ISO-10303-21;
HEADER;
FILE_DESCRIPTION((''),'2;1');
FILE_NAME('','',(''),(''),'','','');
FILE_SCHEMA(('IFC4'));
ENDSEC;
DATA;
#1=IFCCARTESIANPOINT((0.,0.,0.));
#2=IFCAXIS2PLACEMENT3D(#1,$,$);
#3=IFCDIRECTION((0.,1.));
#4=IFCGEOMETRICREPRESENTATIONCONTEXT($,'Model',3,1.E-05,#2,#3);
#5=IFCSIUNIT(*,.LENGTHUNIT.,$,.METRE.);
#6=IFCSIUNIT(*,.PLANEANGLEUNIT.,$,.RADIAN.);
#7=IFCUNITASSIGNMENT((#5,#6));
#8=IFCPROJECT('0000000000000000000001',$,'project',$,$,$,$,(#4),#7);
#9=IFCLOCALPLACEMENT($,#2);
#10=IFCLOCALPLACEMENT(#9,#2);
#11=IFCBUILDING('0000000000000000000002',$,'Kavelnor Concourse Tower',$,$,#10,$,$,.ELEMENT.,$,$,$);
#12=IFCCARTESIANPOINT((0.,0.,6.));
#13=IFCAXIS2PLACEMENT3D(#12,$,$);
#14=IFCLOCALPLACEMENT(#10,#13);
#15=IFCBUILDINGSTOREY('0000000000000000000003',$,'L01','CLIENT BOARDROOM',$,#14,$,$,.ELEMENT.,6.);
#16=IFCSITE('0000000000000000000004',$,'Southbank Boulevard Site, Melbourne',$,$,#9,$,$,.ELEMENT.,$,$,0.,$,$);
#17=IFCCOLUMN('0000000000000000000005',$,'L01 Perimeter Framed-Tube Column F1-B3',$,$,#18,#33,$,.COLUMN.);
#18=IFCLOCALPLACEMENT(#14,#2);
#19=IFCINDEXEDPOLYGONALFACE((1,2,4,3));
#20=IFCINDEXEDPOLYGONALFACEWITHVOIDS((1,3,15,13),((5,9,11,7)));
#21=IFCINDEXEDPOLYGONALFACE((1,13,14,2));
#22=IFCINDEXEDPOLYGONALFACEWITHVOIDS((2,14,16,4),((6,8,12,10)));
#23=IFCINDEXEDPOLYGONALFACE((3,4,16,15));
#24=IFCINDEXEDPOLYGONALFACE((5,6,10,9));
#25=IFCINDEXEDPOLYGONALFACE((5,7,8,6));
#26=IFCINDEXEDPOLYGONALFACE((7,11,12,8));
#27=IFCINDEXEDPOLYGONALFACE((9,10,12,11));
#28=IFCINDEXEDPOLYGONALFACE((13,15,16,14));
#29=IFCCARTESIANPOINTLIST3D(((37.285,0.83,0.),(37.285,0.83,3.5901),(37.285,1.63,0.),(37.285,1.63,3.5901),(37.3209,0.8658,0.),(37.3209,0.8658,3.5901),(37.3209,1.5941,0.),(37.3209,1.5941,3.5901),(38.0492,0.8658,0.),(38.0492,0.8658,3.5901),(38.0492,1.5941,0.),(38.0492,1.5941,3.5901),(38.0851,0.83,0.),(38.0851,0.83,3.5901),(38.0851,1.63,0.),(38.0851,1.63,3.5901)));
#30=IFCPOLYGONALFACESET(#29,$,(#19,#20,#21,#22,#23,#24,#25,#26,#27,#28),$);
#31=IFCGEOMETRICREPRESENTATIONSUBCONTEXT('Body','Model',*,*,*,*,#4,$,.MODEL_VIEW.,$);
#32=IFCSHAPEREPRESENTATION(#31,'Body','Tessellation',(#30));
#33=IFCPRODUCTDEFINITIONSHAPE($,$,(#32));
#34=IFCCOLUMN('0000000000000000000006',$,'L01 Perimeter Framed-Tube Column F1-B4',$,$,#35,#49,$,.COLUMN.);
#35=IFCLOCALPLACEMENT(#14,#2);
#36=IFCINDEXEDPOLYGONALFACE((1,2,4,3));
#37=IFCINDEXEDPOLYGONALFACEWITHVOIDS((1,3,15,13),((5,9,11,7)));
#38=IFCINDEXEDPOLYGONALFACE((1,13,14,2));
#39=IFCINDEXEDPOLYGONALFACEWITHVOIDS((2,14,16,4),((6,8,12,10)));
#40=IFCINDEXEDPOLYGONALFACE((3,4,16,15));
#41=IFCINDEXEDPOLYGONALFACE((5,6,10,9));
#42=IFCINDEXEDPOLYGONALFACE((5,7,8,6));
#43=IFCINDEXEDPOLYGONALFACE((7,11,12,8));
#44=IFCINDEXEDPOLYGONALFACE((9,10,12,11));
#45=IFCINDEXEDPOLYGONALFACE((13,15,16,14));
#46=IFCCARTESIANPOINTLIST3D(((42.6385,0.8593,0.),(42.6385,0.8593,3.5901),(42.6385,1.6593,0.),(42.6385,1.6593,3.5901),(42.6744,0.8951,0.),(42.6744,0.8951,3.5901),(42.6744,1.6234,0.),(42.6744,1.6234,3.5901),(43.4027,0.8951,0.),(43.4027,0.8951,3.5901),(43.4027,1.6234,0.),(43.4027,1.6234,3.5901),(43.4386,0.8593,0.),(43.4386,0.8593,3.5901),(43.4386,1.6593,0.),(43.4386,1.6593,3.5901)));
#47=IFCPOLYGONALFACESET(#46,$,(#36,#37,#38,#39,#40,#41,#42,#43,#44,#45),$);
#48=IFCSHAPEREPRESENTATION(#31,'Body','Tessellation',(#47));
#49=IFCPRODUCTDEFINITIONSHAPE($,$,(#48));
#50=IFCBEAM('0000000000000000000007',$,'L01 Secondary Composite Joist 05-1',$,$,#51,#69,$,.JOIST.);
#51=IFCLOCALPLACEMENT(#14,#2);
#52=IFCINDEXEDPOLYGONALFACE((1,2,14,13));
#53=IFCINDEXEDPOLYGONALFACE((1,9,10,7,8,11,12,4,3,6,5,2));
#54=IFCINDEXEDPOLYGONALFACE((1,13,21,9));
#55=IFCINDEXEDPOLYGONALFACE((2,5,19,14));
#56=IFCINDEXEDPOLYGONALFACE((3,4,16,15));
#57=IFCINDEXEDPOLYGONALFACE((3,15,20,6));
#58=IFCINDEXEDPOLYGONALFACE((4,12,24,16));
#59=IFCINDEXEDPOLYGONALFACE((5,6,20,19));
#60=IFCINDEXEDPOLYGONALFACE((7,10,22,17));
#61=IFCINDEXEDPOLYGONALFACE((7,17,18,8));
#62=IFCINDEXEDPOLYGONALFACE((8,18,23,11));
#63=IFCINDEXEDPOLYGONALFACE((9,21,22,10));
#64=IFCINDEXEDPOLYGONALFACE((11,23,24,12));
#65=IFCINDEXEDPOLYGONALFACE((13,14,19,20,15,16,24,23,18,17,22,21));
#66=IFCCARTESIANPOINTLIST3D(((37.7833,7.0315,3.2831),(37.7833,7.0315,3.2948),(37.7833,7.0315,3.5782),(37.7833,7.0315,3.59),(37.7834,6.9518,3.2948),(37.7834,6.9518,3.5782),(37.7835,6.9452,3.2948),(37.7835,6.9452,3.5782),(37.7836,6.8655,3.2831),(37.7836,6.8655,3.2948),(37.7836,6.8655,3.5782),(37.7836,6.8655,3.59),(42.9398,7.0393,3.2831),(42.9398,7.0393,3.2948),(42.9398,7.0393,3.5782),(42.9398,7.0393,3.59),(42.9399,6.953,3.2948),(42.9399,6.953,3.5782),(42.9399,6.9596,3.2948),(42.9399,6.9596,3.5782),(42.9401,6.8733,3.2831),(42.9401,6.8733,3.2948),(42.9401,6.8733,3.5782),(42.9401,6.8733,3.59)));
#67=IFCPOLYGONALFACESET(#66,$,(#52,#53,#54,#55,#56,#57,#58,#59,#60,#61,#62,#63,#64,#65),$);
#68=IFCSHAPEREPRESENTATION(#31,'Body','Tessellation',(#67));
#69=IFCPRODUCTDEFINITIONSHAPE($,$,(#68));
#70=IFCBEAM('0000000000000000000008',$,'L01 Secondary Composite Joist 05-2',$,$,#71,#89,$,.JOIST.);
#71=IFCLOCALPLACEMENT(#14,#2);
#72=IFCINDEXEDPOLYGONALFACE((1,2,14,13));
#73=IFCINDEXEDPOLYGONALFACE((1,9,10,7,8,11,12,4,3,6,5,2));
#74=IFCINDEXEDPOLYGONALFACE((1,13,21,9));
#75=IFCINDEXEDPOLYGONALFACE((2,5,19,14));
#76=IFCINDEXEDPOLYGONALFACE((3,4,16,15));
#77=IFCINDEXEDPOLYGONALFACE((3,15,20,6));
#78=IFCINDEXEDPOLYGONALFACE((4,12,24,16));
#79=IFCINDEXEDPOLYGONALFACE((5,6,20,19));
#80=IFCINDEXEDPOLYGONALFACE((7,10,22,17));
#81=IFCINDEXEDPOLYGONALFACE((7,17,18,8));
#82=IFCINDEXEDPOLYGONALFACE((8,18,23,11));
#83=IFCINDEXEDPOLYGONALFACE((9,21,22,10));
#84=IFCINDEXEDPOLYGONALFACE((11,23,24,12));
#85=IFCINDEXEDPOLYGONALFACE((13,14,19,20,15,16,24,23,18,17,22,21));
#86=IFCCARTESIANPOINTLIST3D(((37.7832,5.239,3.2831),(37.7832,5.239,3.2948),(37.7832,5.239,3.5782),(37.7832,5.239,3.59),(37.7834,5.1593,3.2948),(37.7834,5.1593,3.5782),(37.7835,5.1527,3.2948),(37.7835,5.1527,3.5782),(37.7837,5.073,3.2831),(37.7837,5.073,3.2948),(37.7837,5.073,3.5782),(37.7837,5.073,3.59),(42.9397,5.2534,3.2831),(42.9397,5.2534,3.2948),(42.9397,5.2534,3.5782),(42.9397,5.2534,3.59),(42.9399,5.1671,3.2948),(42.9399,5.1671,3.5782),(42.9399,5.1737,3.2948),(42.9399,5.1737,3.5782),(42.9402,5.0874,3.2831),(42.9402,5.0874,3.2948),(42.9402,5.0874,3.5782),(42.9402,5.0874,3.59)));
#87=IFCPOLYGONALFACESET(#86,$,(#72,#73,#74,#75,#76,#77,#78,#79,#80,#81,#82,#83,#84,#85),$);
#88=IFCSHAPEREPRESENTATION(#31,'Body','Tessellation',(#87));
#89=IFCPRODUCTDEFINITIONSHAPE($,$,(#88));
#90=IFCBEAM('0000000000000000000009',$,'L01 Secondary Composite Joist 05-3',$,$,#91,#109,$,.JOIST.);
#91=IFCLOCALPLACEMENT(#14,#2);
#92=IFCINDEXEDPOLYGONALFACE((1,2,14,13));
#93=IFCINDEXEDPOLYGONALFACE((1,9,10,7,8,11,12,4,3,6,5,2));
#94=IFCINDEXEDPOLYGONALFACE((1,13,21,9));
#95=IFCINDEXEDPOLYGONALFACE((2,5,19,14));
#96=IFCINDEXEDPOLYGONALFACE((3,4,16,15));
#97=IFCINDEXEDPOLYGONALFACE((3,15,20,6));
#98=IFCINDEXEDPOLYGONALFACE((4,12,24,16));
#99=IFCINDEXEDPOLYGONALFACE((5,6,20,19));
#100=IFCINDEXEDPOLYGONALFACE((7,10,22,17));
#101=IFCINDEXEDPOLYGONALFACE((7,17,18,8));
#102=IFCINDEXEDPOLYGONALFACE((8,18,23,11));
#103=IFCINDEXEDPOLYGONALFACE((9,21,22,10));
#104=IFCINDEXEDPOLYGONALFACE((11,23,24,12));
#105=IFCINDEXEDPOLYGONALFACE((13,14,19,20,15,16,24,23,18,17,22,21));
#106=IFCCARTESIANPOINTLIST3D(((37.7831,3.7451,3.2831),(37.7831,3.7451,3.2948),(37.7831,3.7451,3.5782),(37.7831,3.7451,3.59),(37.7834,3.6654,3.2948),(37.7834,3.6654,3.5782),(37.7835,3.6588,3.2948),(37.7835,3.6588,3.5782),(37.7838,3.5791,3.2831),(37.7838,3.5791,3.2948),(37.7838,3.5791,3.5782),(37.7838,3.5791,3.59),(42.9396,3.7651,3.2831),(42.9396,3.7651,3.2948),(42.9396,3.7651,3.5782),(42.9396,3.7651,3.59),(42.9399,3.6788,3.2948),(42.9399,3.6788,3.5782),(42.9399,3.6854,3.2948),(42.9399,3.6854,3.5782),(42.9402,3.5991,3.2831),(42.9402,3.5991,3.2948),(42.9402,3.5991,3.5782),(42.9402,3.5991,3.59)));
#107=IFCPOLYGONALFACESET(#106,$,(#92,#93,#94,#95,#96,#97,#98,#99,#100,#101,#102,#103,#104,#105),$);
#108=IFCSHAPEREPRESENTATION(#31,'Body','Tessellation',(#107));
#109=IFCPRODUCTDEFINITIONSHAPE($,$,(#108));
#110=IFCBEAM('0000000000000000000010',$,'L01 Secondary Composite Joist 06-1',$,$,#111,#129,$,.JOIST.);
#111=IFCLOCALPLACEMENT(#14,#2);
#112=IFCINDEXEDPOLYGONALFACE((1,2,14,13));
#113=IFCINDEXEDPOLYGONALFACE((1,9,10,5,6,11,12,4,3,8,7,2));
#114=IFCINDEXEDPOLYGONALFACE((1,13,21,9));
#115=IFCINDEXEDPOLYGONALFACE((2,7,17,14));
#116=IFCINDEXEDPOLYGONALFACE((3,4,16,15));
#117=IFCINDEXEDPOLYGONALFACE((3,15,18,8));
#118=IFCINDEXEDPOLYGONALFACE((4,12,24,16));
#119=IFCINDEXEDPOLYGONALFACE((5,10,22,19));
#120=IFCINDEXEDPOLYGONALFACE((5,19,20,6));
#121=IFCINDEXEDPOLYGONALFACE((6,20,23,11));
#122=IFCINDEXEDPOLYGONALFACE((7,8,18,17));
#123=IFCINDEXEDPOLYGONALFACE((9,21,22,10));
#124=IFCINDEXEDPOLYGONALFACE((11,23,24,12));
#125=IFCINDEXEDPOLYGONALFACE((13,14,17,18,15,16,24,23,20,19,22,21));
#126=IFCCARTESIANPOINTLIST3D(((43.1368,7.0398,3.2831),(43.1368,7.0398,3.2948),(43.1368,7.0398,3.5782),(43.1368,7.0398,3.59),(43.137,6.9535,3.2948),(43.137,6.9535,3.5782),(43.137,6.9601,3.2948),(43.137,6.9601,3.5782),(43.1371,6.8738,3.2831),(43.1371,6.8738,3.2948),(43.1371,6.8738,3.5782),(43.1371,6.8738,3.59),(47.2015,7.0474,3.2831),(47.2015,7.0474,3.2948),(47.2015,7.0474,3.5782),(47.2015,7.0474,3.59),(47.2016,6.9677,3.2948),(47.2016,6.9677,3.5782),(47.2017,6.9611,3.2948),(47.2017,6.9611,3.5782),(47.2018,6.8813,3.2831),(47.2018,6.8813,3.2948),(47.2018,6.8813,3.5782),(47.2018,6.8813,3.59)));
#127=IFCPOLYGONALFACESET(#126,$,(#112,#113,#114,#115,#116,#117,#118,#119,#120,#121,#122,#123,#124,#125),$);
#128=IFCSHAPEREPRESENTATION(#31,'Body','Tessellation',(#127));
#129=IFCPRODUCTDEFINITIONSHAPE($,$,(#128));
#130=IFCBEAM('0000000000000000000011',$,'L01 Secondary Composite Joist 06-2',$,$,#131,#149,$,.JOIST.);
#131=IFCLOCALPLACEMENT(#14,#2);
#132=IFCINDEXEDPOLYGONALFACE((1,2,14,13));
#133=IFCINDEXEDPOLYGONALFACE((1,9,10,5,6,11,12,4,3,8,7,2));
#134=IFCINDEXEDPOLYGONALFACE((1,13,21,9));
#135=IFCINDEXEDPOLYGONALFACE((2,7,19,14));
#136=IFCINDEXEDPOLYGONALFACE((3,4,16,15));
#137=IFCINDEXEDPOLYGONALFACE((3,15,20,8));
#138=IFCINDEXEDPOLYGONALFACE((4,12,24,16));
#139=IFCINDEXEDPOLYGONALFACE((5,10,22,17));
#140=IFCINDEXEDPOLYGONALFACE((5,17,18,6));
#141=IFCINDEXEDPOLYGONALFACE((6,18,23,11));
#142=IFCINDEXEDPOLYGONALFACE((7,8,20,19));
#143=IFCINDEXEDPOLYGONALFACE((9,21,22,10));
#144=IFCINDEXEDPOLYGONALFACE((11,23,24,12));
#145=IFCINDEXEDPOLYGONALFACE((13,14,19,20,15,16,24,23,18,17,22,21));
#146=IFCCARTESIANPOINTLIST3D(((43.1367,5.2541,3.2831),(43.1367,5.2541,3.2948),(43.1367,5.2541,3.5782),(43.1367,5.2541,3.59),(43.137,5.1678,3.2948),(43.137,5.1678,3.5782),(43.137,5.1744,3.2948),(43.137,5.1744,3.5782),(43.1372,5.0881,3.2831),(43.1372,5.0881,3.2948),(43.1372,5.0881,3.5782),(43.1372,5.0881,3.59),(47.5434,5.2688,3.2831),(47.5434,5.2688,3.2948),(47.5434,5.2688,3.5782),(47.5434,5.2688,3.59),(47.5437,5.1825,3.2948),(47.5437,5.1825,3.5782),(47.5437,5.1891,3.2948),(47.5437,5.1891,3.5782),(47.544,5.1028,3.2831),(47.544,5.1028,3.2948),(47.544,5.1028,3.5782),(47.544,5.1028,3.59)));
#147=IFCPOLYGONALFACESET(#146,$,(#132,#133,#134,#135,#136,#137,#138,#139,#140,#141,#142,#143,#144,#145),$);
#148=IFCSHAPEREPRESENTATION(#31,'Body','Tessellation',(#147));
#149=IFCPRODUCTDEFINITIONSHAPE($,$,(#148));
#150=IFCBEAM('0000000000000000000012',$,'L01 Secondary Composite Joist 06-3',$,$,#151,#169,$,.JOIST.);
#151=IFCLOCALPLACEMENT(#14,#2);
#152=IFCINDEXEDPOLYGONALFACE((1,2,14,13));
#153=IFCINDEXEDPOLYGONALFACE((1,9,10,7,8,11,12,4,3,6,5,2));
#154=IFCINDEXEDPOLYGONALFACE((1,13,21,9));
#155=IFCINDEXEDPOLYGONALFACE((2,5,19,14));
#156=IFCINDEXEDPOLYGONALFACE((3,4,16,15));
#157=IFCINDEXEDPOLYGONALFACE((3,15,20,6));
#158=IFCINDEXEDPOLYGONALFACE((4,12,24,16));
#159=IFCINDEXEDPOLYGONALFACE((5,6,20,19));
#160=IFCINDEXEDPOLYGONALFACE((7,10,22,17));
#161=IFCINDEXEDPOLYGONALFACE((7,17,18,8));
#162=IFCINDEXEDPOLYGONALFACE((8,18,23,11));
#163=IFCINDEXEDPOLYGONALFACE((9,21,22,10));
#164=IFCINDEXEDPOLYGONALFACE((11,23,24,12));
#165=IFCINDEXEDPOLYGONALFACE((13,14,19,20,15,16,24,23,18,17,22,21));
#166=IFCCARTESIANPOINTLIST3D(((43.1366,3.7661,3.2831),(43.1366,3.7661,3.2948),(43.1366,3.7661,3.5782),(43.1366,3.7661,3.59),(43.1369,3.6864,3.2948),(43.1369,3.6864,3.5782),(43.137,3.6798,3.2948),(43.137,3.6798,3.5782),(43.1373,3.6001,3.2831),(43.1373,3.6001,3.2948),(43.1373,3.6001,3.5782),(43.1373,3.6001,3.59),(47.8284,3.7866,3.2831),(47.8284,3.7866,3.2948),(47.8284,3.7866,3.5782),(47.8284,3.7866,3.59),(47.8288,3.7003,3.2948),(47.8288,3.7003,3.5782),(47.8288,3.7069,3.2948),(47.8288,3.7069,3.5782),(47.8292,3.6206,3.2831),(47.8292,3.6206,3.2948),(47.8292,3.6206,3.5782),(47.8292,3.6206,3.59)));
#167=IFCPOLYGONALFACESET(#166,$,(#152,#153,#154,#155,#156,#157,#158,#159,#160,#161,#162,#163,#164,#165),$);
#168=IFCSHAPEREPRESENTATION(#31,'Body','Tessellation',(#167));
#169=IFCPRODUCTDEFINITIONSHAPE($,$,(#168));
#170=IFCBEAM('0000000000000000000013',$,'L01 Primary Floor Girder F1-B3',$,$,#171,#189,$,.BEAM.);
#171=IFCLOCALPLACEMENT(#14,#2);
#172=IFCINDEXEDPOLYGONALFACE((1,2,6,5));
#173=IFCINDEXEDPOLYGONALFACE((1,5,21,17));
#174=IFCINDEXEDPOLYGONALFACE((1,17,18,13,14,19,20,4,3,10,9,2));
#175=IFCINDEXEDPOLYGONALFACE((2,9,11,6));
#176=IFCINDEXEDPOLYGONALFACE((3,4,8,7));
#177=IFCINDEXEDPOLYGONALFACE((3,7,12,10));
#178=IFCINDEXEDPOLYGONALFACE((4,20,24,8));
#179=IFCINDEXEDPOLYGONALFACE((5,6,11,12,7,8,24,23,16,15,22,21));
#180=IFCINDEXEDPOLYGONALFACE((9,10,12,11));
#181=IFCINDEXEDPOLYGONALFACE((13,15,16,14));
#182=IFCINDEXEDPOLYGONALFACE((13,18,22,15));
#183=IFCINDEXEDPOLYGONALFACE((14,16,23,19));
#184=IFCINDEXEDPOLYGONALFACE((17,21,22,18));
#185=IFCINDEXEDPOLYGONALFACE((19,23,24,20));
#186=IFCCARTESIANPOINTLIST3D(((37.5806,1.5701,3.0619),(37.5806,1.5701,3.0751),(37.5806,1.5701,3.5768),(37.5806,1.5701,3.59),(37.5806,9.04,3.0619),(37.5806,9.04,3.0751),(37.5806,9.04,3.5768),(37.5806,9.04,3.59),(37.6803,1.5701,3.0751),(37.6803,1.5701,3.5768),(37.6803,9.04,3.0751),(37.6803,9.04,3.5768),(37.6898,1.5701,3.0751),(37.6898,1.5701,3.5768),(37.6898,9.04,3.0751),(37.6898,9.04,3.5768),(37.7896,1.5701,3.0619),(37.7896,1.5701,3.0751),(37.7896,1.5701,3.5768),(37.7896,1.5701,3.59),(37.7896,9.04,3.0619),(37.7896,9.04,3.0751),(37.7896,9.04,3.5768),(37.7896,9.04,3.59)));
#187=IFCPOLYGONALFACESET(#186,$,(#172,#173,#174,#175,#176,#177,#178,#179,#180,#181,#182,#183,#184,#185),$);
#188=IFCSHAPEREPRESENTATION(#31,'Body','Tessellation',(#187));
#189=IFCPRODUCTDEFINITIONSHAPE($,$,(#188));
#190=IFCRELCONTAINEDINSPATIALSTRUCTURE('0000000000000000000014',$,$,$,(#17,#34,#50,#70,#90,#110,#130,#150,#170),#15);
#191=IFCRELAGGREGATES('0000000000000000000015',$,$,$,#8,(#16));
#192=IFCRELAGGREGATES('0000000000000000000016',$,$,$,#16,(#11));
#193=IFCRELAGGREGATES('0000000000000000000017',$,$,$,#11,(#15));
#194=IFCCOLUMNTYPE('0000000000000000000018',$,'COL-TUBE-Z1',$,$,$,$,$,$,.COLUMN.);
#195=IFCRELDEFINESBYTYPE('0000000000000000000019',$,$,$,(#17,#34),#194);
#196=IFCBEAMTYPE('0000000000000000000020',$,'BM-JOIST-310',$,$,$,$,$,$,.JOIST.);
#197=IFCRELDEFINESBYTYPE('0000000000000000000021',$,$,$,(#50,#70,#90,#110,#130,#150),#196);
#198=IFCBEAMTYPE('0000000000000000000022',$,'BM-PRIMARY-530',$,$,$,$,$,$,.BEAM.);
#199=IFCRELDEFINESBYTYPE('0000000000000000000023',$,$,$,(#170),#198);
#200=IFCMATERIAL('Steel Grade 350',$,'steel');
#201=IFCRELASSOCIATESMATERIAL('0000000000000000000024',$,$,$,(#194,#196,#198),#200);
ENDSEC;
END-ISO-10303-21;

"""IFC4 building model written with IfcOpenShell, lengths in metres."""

from ifc_helpers import new_model, si_unit, direction, frame, origin, origin_2d, place, context, subcontext, project, spatial, hollow_rectangle, i_section, extrude, material, material_profile, profile_set, type_object, element, save


model = new_model("IFC4")

# Units and contexts
model_context = context("Model", 3, precision=1e-05, world=origin(), true_north=direction((0.0, 1.0)))
body_context = subcontext(model_context, "Body", "Model", "MODEL_VIEW")
ifc_project = project(units=[si_unit("LENGTHUNIT", "METRE"), si_unit("PLANEANGLEUNIT", "RADIAN")], contexts=[model_context])

# Site, building, storey
site_placement = place(None, origin())
site = spatial("IfcSite", under=ifc_project, at=site_placement, Name="Southbank Boulevard Site, Melbourne", CompositionType="ELEMENT", RefElevation=0.0)
building_placement = place(site_placement, origin())
building = spatial("IfcBuilding", under=site, at=building_placement, Name="Kavelnor Concourse Tower", CompositionType="ELEMENT")
storey_placement = place(building_placement, frame((0.0, 0.0, 6.0)))
storey = spatial("IfcBuildingStorey", under=building, at=storey_placement, Name="L01", Description="CLIENT BOARDROOM", CompositionType="ELEMENT", Elevation=6.0)

# Columns
ifc_material_1 = material(Name="Steel Grade 350", Category="steel")
ifc_material_profile_1 = material_profile(ifc_material_1, hollow_rectangle(XDim=0.8, YDim=0.8, WallThickness=0.0359, at=origin_2d()), Name="SHS 800x800x36")
ifc_profile_set_1 = profile_set([ifc_material_profile_1], Name="Steel Grade 350")
column_type = type_object("IfcColumnType", Name="COL-TUBE-Z1", PredefinedType="COLUMN", material=ifc_profile_set_1)
for number, where, z_axis, x_axis, name in (
    (1, (37.6851, 1.23, 0.0), (0.0, 0.0, 1.0), (1.0, 0.0, 0.0), "L01 Perimeter Framed-Tube Column F1-B3"),
    (2, (43.0386, 1.2593, 0.0), (0.0, 0.0, 1.0), (1.0, 0.0, 0.0), "L01 Perimeter Framed-Tube Column F1-B4"),
):
    element("IfcColumn", number, at=place(storey_placement, frame(where, z_axis=z_axis, x_axis=x_axis)), inside=storey, type_object=column_type, Name=name, PredefinedType="COLUMN", context=body_context, shape_type="SweptSolid", body=[
        extrude(hollow_rectangle(XDim=0.8, YDim=0.8, WallThickness=0.0359, at=origin_2d()), origin(), (0.0, 0.0, 1.0), 3.5901),
    ])

# Beams
ifc_material_profile_2 = material_profile(ifc_material_1, i_section(OverallWidth=0.166, OverallDepth=0.3069, WebThickness=0.0066, FlangeThickness=0.0117, at=origin_2d()), Name="310UB46")
ifc_profile_set_2 = profile_set([ifc_material_profile_2], Name="Steel Grade 350")
beam_type_1 = type_object("IfcBeamType", Name="BM-JOIST-310", PredefinedType="JOIST", material=ifc_profile_set_2)
for number, where, z_axis, x_axis, name in (
    (3, (37.7834, 6.9485, 3.4365), (0.999999, 0.001515, 0.0), (-0.001515, 0.999999, 0.0), "L01 Secondary Composite Joist 05-1"),
    (4, (37.7834, 5.156, 3.4365), (0.999996, 0.002793, 0.0), (-0.002793, 0.999996, 0.0), "L01 Secondary Composite Joist 05-2"),
    (5, (37.7834, 3.6621, 3.4365), (0.999992, 0.003882, 0.0), (-0.003882, 0.999992, 0.0), "L01 Secondary Composite Joist 05-3"),
):
    element("IfcBeam", number, at=place(storey_placement, frame(where, z_axis=z_axis, x_axis=x_axis)), inside=storey, type_object=beam_type_1, Name=name, PredefinedType="JOIST", context=body_context, shape_type="SweptSolid", body=[
        extrude(i_section(OverallWidth=0.166, OverallDepth=0.3069, WebThickness=0.0066, FlangeThickness=0.0117, at=origin_2d()), origin(), (0.0, 0.0, 1.0), 5.1565),
    ])
beam_1_placement = place(storey_placement, frame((43.137, 6.9568, 3.4365), z_axis=(0.999998, 0.001862, 0.0), x_axis=(-0.001862, 0.999998, 0.0)))
element("IfcBeam", 6, at=beam_1_placement, inside=storey, type_object=beam_type_1, Name="L01 Secondary Composite Joist 06-1", PredefinedType="JOIST", context=body_context, shape_type="SweptSolid", body=[
    extrude(i_section(OverallWidth=0.166, OverallDepth=0.3069, WebThickness=0.0066, FlangeThickness=0.0117, at=origin_2d()), origin(), (0.0, 0.0, 1.0), 4.0647),
])
beam_2_placement = place(storey_placement, frame((43.137, 5.1711, 3.4365), z_axis=(0.999994, 0.003324, 0.0), x_axis=(-0.003324, 0.999994, 0.0)))
element("IfcBeam", 7, at=beam_2_placement, inside=storey, type_object=beam_type_1, Name="L01 Secondary Composite Joist 06-2", PredefinedType="JOIST", context=body_context, shape_type="SweptSolid", body=[
    extrude(i_section(OverallWidth=0.166, OverallDepth=0.3069, WebThickness=0.0066, FlangeThickness=0.0117, at=origin_2d()), origin(), (0.0, 0.0, 1.0), 4.4067),
])
beam_3_placement = place(storey_placement, frame((43.137, 3.6831, 3.4365), z_axis=(0.99999, 0.004371, 0.0), x_axis=(-0.004371, 0.99999, 0.0)))
element("IfcBeam", 8, at=beam_3_placement, inside=storey, type_object=beam_type_1, Name="L01 Secondary Composite Joist 06-3", PredefinedType="JOIST", context=body_context, shape_type="SweptSolid", body=[
    extrude(i_section(OverallWidth=0.166, OverallDepth=0.3069, WebThickness=0.0066, FlangeThickness=0.0117, at=origin_2d()), origin(), (0.0, 0.0, 1.0), 4.6919),
])
ifc_material_profile_3 = material_profile(ifc_material_1, i_section(OverallWidth=0.209, OverallDepth=0.5281, WebThickness=0.0095, FlangeThickness=0.0132, at=origin_2d()), Name="530UB82")
ifc_profile_set_3 = profile_set([ifc_material_profile_3], Name="Steel Grade 350")
beam_type_2 = type_object("IfcBeamType", Name="BM-PRIMARY-530", PredefinedType="BEAM", material=ifc_profile_set_3)
beam_4_placement = place(storey_placement, frame((37.6851, 9.04, 3.3259), z_axis=(0.0, -1.0, 0.0), x_axis=(1.0, 0.0, 0.0)))
element("IfcBeam", 9, at=beam_4_placement, inside=storey, type_object=beam_type_2, Name="L01 Primary Floor Girder F1-B3", PredefinedType="BEAM", context=body_context, shape_type="SweptSolid", body=[
    extrude(i_section(OverallWidth=0.209, OverallDepth=0.5281, WebThickness=0.0095, FlangeThickness=0.0132, at=origin_2d()), origin(), (0.0, 0.0, 1.0), 7.47),
])

save(model, "model.ifc")
